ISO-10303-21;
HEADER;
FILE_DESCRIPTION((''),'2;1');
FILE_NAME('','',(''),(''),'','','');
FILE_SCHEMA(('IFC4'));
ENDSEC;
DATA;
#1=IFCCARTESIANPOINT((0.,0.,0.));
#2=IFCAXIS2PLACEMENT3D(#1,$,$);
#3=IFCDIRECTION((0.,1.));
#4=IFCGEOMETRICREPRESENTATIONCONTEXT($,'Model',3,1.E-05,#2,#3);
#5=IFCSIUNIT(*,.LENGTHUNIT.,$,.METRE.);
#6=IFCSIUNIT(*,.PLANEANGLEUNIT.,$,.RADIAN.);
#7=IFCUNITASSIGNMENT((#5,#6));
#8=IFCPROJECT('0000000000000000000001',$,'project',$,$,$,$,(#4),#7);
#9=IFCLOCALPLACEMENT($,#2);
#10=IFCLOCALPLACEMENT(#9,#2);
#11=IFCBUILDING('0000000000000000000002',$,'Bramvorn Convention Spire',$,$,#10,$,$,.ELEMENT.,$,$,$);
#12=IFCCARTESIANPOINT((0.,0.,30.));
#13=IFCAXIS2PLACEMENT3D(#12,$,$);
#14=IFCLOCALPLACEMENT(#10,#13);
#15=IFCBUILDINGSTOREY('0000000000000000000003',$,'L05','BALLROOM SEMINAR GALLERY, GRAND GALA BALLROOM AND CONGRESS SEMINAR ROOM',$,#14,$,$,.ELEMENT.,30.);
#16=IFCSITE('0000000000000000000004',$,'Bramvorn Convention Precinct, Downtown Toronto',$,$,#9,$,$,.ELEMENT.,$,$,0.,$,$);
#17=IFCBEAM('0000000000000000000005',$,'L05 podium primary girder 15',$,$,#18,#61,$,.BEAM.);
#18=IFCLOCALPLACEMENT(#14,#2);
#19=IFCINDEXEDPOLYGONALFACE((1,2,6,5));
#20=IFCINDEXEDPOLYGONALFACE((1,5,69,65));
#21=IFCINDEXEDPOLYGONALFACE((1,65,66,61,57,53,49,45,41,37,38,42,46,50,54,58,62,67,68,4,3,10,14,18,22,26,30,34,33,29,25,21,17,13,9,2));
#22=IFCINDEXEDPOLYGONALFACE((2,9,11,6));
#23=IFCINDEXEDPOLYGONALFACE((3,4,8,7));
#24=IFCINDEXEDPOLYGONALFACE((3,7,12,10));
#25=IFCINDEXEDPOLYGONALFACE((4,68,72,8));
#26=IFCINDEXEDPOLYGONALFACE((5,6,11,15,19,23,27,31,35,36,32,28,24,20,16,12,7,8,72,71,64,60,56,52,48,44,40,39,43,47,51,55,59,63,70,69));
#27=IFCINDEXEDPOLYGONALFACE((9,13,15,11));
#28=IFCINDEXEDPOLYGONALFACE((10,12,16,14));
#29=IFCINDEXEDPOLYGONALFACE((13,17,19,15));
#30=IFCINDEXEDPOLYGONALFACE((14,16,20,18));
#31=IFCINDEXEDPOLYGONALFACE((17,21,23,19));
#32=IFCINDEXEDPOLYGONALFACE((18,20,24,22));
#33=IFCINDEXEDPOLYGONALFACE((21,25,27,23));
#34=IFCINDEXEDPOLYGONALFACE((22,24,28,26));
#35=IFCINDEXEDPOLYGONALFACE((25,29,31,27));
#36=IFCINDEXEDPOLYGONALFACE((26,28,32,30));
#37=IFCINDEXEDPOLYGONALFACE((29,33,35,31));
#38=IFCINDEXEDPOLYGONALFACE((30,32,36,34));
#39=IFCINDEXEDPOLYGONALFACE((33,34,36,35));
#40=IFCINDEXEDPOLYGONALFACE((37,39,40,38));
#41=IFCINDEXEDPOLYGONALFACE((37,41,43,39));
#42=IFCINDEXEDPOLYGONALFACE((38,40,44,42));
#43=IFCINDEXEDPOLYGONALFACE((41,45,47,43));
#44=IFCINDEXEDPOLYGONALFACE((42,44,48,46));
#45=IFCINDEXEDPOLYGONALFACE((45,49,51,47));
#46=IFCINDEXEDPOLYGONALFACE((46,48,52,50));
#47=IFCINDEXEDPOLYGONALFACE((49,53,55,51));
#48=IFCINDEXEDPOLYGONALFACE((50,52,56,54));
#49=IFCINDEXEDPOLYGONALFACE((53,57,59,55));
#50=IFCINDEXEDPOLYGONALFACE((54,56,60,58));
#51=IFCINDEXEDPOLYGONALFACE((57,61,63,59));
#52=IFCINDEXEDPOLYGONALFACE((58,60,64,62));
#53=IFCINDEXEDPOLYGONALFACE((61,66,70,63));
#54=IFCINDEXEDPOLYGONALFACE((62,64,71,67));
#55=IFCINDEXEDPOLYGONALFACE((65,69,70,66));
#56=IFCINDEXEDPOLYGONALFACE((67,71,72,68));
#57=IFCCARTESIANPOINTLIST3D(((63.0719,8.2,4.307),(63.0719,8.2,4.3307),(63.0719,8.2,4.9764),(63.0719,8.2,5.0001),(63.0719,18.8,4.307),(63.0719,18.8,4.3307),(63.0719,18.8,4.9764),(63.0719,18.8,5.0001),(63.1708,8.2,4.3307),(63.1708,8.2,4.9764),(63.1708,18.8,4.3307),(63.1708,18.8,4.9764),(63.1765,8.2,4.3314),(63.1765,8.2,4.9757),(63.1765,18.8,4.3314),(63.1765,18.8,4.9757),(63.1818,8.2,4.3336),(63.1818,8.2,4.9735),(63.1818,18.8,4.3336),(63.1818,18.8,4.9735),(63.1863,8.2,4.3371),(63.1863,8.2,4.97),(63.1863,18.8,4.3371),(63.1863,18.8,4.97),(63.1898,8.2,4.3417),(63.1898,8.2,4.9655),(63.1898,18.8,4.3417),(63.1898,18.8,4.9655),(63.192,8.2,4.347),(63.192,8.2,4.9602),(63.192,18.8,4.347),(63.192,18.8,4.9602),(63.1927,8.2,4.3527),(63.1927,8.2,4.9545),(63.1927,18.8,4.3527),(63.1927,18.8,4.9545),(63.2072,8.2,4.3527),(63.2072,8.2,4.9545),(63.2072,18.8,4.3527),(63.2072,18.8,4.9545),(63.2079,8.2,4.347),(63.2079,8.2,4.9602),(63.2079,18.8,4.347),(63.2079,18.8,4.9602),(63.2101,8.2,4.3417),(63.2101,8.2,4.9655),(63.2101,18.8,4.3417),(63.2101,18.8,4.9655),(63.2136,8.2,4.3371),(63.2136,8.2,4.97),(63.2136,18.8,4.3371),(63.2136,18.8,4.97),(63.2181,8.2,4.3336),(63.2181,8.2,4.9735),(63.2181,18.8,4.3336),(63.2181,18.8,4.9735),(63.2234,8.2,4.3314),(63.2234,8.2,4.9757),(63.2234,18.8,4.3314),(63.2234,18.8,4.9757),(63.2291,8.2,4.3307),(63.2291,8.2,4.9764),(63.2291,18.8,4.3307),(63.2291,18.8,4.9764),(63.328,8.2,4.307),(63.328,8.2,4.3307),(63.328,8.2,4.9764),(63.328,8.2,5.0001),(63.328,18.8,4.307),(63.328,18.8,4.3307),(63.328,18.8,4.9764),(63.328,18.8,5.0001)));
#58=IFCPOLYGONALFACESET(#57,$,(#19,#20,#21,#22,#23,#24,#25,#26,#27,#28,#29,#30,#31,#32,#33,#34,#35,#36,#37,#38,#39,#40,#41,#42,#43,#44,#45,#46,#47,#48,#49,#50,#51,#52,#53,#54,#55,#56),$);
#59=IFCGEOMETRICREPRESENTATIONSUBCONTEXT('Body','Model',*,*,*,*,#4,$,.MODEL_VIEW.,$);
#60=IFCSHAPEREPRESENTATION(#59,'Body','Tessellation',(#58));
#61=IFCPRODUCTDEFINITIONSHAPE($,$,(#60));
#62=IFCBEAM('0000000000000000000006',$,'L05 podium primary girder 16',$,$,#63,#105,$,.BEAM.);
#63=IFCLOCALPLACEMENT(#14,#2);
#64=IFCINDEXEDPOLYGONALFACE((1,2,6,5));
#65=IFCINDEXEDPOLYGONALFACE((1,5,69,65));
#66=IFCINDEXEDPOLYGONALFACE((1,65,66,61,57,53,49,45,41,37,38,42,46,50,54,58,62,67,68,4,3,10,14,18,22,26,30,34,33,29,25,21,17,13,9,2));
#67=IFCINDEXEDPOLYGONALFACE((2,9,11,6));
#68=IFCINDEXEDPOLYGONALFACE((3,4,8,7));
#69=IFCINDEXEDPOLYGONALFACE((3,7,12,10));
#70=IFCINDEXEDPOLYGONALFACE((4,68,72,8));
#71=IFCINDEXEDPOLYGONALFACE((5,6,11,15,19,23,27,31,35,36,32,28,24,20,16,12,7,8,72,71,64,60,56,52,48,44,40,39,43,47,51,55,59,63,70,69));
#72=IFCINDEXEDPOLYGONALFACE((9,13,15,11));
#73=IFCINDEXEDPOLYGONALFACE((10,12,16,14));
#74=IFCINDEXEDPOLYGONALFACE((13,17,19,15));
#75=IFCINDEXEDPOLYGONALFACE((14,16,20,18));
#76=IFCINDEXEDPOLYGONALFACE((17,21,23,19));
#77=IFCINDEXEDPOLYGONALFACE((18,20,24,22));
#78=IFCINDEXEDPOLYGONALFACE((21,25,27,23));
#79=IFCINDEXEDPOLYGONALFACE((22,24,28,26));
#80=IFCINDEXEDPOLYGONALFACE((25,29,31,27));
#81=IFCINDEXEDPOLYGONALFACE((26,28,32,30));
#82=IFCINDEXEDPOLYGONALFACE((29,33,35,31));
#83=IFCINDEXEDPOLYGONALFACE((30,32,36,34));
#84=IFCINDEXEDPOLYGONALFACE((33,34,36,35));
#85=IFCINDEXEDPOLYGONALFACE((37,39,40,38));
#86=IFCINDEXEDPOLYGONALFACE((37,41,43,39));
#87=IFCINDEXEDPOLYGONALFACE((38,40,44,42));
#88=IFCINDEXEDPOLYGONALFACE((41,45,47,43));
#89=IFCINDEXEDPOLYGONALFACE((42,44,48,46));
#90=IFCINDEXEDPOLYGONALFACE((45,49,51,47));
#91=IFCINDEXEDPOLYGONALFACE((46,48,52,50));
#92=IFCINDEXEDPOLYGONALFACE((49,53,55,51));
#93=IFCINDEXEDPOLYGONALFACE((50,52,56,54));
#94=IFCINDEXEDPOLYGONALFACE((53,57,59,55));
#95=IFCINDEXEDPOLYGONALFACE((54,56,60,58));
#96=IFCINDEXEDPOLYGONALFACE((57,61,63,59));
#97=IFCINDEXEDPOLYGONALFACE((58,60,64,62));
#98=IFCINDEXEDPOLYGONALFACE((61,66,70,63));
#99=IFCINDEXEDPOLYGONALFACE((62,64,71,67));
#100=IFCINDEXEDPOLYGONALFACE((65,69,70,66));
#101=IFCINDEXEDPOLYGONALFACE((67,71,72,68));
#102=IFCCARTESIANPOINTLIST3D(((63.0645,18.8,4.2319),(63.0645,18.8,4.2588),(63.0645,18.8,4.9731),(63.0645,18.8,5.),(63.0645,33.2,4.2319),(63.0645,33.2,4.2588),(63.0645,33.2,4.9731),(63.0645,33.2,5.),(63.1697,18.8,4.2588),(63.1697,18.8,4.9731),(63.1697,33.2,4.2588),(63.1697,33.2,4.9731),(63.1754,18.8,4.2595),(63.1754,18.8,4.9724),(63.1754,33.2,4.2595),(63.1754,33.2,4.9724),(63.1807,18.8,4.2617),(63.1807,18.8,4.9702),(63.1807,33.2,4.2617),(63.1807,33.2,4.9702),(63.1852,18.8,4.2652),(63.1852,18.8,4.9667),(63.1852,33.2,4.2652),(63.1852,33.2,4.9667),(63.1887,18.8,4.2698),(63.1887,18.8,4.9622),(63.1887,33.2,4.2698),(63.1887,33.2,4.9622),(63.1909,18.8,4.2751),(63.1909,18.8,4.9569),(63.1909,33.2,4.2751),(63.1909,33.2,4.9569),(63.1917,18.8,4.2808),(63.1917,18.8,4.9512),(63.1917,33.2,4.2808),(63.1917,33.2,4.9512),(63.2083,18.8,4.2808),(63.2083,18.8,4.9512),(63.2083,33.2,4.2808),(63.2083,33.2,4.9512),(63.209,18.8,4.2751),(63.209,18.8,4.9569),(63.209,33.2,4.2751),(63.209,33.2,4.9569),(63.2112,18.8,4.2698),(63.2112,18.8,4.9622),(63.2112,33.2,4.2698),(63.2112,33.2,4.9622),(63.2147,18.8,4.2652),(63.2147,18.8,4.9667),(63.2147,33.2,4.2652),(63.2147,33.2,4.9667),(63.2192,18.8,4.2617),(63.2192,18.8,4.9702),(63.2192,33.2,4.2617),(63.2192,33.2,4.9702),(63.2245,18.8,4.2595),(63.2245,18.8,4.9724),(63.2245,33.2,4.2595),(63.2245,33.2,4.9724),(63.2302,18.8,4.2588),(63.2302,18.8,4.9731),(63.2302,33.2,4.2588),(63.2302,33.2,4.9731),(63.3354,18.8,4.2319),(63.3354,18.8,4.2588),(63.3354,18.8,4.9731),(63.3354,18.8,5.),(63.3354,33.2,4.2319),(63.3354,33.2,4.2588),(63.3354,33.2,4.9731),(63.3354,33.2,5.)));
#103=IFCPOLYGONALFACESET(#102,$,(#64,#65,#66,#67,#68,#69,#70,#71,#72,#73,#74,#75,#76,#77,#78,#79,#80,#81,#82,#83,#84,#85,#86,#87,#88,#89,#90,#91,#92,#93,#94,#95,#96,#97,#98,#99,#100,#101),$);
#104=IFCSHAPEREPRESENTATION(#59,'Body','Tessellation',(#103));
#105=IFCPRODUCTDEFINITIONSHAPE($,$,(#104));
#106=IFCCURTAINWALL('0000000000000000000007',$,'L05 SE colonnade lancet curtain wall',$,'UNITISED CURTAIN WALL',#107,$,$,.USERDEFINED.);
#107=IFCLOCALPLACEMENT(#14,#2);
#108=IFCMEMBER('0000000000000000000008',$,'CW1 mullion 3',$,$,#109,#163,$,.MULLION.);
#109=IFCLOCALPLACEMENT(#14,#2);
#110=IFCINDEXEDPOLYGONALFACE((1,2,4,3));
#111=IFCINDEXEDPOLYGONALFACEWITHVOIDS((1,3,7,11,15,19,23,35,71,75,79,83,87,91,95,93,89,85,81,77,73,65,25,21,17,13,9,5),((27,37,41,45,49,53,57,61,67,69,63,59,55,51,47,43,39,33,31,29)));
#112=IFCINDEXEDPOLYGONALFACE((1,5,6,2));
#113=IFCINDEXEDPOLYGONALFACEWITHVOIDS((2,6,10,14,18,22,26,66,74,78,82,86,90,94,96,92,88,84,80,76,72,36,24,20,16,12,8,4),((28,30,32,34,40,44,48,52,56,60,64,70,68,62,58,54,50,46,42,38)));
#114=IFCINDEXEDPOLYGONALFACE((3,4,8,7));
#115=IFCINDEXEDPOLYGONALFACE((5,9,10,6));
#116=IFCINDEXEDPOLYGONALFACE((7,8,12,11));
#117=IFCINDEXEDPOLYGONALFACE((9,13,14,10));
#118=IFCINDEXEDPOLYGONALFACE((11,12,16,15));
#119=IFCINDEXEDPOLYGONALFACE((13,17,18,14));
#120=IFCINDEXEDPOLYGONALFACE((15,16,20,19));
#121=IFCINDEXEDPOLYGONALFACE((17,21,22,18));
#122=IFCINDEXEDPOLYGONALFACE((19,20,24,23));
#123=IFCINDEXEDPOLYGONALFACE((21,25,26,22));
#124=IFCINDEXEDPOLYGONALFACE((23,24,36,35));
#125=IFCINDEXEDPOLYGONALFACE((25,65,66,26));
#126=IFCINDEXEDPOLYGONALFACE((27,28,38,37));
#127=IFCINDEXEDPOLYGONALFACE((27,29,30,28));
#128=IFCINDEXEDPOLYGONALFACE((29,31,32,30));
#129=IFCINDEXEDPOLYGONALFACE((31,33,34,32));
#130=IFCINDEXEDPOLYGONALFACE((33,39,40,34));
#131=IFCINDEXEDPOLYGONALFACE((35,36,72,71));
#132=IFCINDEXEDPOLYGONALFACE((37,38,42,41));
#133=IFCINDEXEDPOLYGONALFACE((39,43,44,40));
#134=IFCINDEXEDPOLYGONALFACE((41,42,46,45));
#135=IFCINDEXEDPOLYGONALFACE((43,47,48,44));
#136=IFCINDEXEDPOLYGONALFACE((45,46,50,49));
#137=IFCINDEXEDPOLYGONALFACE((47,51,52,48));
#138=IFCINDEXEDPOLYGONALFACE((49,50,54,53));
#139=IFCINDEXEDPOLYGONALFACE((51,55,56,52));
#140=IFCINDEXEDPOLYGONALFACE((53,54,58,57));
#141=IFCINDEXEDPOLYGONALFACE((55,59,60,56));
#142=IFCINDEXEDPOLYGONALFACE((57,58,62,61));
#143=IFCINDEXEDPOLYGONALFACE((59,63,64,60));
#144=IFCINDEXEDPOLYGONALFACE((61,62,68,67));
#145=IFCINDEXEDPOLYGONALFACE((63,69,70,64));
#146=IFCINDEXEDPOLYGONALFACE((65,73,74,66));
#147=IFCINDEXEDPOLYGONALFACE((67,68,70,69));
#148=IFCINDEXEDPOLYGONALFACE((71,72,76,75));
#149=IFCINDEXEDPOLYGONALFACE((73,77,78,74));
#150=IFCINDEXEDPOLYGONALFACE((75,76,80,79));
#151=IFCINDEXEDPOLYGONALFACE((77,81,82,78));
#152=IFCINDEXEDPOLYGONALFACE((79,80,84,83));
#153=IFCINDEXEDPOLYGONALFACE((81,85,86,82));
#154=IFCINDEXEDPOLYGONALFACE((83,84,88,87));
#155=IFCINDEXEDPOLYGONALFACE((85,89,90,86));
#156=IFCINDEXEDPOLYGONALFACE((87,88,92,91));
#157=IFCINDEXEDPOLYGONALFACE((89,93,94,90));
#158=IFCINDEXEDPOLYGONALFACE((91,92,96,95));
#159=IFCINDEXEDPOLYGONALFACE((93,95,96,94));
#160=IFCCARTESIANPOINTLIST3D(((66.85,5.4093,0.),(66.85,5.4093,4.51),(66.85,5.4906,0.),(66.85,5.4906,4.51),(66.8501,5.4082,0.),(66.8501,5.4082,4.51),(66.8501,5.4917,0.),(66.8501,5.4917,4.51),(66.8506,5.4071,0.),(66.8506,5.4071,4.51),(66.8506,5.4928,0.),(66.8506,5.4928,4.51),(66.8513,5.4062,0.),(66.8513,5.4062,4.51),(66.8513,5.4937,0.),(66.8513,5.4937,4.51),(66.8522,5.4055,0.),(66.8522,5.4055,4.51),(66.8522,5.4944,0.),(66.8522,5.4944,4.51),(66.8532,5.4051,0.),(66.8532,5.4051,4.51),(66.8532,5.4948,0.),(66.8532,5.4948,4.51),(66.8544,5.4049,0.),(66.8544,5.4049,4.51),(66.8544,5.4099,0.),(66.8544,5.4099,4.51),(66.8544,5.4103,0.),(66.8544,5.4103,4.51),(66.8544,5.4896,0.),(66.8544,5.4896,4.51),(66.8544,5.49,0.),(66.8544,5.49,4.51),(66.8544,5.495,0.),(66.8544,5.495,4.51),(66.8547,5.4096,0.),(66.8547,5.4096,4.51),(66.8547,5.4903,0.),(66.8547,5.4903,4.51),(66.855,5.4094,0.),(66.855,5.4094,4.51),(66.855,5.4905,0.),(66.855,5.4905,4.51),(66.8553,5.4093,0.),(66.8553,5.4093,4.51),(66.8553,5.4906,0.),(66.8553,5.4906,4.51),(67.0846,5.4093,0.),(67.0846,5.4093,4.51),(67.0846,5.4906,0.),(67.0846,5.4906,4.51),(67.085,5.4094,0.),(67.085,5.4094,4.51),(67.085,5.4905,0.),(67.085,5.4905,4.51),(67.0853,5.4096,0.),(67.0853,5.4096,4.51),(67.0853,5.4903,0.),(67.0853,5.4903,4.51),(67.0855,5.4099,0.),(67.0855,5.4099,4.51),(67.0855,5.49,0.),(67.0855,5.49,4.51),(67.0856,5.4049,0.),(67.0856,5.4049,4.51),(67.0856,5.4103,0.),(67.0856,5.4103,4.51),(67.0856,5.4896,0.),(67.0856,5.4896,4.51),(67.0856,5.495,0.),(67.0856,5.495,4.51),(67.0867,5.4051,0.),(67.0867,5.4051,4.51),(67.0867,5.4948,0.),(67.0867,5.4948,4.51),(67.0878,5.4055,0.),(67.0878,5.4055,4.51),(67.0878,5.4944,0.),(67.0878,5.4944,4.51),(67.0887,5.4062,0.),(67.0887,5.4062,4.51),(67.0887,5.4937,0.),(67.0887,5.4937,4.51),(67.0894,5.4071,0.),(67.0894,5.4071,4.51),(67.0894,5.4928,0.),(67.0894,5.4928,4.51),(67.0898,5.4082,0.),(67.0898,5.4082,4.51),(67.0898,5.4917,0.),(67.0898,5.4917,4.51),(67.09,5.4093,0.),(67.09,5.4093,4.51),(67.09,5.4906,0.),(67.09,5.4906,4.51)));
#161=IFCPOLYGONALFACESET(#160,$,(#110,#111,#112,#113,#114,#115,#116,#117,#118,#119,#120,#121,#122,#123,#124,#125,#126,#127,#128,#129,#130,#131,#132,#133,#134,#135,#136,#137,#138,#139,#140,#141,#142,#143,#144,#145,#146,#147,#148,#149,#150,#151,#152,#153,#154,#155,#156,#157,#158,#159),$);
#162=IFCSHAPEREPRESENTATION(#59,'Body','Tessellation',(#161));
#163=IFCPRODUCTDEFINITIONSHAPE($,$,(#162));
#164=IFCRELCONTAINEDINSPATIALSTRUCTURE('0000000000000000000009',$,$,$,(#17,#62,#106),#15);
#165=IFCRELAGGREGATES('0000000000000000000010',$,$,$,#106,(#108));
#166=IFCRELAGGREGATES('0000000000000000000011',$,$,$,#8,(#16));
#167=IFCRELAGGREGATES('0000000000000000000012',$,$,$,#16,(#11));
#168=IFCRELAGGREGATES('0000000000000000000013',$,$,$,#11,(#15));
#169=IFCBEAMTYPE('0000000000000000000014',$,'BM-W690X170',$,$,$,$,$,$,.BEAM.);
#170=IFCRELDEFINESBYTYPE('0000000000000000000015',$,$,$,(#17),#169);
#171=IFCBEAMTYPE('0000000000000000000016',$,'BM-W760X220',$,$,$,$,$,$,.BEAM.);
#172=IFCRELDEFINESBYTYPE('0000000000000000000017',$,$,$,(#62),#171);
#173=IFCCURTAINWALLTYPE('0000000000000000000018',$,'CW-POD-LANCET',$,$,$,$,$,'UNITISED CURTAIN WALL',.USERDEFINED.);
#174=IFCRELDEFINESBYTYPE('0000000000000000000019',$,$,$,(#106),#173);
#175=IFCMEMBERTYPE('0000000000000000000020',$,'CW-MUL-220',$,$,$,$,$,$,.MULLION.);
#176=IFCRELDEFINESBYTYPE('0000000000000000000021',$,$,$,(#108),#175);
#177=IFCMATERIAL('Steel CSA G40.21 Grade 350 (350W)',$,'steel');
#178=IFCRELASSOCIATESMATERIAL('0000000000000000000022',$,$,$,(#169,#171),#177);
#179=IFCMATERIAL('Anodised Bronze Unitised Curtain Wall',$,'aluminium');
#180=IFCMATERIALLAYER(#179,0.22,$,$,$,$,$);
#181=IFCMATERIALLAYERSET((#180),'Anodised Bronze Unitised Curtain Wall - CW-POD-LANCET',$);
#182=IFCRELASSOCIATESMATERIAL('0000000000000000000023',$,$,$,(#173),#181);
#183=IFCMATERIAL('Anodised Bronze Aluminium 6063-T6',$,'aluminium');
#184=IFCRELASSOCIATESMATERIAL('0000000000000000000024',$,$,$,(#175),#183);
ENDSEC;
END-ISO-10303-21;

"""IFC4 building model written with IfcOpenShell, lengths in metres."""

from ifc_helpers import new_model, si_unit, direction, frame, origin, origin_2d, place, context, subcontext, project, spatial, hollow_rectangle, i_section, extrude, material, layer, layer_set, material_profile, profile_set, type_object, element, aggregate, save


model = new_model("IFC4")

# Units and contexts
model_context = context("Model", 3, precision=1e-05, world=origin(), true_north=direction((0.0, 1.0)))
body_context = subcontext(model_context, "Body", "Model", "MODEL_VIEW")
ifc_project = project(units=[si_unit("LENGTHUNIT", "METRE"), si_unit("PLANEANGLEUNIT", "RADIAN")], contexts=[model_context])

# Site, building, storey
site_placement = place(None, origin())
site = spatial("IfcSite", under=ifc_project, at=site_placement, Name="Bramvorn Convention Precinct, Downtown Toronto", CompositionType="ELEMENT", RefElevation=0.0)
building_placement = place(site_placement, origin())
building = spatial("IfcBuilding", under=site, at=building_placement, Name="Bramvorn Convention Spire", CompositionType="ELEMENT")
storey_placement = place(building_placement, frame((0.0, 0.0, 30.0)))
storey = spatial("IfcBuildingStorey", under=building, at=storey_placement, Name="L05", Description="BALLROOM SEMINAR GALLERY, GRAND GALA BALLROOM AND CONGRESS SEMINAR ROOM", CompositionType="ELEMENT", Elevation=30.0)

# Shared definitions
ifc_material_1 = material(Name="Steel CSA G40.21 Grade 350 (350W)", Category="steel")

# Beams
ifc_material_profile_1 = material_profile(ifc_material_1, i_section(OverallWidth=0.2561, OverallDepth=0.6931, WebThickness=0.0144, FlangeThickness=0.0237, FilletRadius=0.022, at=origin_2d()))
ifc_profile_set_1 = profile_set([ifc_material_profile_1], Name="Steel CSA G40.21 Grade 350 (350W) - W690X170")
beam_type_1 = type_object("IfcBeamType", Name="BM-W690X170", PredefinedType="BEAM", material=ifc_profile_set_1)
beam_1_placement = place(storey_placement, frame((63.2, 8.2, 4.6536), z_axis=(0.0, 1.0, 0.0), x_axis=(-1.0, 0.0, 0.0)))
element("IfcBeam", 1, at=beam_1_placement, inside=storey, type_object=beam_type_1, Name="L05 podium primary girder 15", PredefinedType="BEAM", context=body_context, shape_type="SweptSolid", body=[
    extrude(i_section(OverallWidth=0.2561, OverallDepth=0.6931, WebThickness=0.0144, FlangeThickness=0.0237, FilletRadius=0.022, at=origin_2d()), origin(), (0.0, 0.0, 1.0), 10.6001),
])
ifc_material_profile_2 = material_profile(ifc_material_1, i_section(OverallWidth=0.271, OverallDepth=0.7681, WebThickness=0.0166, FlangeThickness=0.0269, FilletRadius=0.022, at=origin_2d()))
ifc_profile_set_2 = profile_set([ifc_material_profile_2], Name="Steel CSA G40.21 Grade 350 (350W) - W760X220")
beam_type_2 = type_object("IfcBeamType", Name="BM-W760X220", PredefinedType="BEAM", material=ifc_profile_set_2)
beam_2_placement = place(storey_placement, frame((63.2, 18.8, 4.616), z_axis=(0.0, 1.0, 0.0), x_axis=(-1.0, 0.0, 0.0)))
element("IfcBeam", 2, at=beam_2_placement, inside=storey, type_object=beam_type_2, Name="L05 podium primary girder 16", PredefinedType="BEAM", context=body_context, shape_type="SweptSolid", body=[
    extrude(i_section(OverallWidth=0.271, OverallDepth=0.7681, WebThickness=0.0166, FlangeThickness=0.0269, FilletRadius=0.022, at=origin_2d()), origin(), (0.0, 0.0, 1.0), 14.3999),
])

# Curtain wall, member
ifc_material_2 = material(Name="Anodised Bronze Unitised Curtain Wall", Category="aluminium")
ifc_layer_1 = layer(ifc_material_2, 0.22)
ifc_layer_set_1 = layer_set([ifc_layer_1], Name="Anodised Bronze Unitised Curtain Wall - CW-POD-LANCET")
curtain_wall_type = type_object("IfcCurtainWallType", Name="CW-POD-LANCET", ElementType="UNITISED CURTAIN WALL", PredefinedType="USERDEFINED", material=ifc_layer_set_1)
curtain_wall_placement = place(storey_placement, origin())
curtain_wall = element("IfcCurtainWall", 3, at=curtain_wall_placement, inside=storey, type_object=curtain_wall_type, Name="L05 SE colonnade lancet curtain wall", ObjectType="UNITISED CURTAIN WALL", PredefinedType="USERDEFINED")
ifc_material_3 = material(Name="Anodised Bronze Aluminium 6063-T6", Category="aluminium")
ifc_material_profile_3 = material_profile(ifc_material_3, hollow_rectangle(XDim=0.0901, YDim=0.24, WallThickness=0.0044, InnerFilletRadius=0.001, OuterFilletRadius=0.0044, at=origin_2d()))
ifc_profile_set_3 = profile_set([ifc_material_profile_3], Name="Anodised Bronze Aluminium 6063-T6 - CWM90X240")
member_type_1 = type_object("IfcMemberType", Name="CW-MUL-220", PredefinedType="MULLION", material=ifc_profile_set_3)
member_1_placement = place(storey_placement, frame((66.97, 5.45, 0.0), z_axis=(0.0, 0.0, 1.0), x_axis=(0.0, 1.0, 0.0)))
member_1 = element("IfcMember", 4, at=member_1_placement, type_object=member_type_1, Name="CW1 mullion 3", PredefinedType="MULLION", context=body_context, shape_type="SweptSolid", body=[
    extrude(hollow_rectangle(XDim=0.0901, YDim=0.24, WallThickness=0.0044, InnerFilletRadius=0.001, OuterFilletRadius=0.0044, at=origin_2d()), origin(), (0.0, 0.0, 1.0), 4.51),
])
aggregate(curtain_wall, [member_1])

save(model, "model.ifc")
